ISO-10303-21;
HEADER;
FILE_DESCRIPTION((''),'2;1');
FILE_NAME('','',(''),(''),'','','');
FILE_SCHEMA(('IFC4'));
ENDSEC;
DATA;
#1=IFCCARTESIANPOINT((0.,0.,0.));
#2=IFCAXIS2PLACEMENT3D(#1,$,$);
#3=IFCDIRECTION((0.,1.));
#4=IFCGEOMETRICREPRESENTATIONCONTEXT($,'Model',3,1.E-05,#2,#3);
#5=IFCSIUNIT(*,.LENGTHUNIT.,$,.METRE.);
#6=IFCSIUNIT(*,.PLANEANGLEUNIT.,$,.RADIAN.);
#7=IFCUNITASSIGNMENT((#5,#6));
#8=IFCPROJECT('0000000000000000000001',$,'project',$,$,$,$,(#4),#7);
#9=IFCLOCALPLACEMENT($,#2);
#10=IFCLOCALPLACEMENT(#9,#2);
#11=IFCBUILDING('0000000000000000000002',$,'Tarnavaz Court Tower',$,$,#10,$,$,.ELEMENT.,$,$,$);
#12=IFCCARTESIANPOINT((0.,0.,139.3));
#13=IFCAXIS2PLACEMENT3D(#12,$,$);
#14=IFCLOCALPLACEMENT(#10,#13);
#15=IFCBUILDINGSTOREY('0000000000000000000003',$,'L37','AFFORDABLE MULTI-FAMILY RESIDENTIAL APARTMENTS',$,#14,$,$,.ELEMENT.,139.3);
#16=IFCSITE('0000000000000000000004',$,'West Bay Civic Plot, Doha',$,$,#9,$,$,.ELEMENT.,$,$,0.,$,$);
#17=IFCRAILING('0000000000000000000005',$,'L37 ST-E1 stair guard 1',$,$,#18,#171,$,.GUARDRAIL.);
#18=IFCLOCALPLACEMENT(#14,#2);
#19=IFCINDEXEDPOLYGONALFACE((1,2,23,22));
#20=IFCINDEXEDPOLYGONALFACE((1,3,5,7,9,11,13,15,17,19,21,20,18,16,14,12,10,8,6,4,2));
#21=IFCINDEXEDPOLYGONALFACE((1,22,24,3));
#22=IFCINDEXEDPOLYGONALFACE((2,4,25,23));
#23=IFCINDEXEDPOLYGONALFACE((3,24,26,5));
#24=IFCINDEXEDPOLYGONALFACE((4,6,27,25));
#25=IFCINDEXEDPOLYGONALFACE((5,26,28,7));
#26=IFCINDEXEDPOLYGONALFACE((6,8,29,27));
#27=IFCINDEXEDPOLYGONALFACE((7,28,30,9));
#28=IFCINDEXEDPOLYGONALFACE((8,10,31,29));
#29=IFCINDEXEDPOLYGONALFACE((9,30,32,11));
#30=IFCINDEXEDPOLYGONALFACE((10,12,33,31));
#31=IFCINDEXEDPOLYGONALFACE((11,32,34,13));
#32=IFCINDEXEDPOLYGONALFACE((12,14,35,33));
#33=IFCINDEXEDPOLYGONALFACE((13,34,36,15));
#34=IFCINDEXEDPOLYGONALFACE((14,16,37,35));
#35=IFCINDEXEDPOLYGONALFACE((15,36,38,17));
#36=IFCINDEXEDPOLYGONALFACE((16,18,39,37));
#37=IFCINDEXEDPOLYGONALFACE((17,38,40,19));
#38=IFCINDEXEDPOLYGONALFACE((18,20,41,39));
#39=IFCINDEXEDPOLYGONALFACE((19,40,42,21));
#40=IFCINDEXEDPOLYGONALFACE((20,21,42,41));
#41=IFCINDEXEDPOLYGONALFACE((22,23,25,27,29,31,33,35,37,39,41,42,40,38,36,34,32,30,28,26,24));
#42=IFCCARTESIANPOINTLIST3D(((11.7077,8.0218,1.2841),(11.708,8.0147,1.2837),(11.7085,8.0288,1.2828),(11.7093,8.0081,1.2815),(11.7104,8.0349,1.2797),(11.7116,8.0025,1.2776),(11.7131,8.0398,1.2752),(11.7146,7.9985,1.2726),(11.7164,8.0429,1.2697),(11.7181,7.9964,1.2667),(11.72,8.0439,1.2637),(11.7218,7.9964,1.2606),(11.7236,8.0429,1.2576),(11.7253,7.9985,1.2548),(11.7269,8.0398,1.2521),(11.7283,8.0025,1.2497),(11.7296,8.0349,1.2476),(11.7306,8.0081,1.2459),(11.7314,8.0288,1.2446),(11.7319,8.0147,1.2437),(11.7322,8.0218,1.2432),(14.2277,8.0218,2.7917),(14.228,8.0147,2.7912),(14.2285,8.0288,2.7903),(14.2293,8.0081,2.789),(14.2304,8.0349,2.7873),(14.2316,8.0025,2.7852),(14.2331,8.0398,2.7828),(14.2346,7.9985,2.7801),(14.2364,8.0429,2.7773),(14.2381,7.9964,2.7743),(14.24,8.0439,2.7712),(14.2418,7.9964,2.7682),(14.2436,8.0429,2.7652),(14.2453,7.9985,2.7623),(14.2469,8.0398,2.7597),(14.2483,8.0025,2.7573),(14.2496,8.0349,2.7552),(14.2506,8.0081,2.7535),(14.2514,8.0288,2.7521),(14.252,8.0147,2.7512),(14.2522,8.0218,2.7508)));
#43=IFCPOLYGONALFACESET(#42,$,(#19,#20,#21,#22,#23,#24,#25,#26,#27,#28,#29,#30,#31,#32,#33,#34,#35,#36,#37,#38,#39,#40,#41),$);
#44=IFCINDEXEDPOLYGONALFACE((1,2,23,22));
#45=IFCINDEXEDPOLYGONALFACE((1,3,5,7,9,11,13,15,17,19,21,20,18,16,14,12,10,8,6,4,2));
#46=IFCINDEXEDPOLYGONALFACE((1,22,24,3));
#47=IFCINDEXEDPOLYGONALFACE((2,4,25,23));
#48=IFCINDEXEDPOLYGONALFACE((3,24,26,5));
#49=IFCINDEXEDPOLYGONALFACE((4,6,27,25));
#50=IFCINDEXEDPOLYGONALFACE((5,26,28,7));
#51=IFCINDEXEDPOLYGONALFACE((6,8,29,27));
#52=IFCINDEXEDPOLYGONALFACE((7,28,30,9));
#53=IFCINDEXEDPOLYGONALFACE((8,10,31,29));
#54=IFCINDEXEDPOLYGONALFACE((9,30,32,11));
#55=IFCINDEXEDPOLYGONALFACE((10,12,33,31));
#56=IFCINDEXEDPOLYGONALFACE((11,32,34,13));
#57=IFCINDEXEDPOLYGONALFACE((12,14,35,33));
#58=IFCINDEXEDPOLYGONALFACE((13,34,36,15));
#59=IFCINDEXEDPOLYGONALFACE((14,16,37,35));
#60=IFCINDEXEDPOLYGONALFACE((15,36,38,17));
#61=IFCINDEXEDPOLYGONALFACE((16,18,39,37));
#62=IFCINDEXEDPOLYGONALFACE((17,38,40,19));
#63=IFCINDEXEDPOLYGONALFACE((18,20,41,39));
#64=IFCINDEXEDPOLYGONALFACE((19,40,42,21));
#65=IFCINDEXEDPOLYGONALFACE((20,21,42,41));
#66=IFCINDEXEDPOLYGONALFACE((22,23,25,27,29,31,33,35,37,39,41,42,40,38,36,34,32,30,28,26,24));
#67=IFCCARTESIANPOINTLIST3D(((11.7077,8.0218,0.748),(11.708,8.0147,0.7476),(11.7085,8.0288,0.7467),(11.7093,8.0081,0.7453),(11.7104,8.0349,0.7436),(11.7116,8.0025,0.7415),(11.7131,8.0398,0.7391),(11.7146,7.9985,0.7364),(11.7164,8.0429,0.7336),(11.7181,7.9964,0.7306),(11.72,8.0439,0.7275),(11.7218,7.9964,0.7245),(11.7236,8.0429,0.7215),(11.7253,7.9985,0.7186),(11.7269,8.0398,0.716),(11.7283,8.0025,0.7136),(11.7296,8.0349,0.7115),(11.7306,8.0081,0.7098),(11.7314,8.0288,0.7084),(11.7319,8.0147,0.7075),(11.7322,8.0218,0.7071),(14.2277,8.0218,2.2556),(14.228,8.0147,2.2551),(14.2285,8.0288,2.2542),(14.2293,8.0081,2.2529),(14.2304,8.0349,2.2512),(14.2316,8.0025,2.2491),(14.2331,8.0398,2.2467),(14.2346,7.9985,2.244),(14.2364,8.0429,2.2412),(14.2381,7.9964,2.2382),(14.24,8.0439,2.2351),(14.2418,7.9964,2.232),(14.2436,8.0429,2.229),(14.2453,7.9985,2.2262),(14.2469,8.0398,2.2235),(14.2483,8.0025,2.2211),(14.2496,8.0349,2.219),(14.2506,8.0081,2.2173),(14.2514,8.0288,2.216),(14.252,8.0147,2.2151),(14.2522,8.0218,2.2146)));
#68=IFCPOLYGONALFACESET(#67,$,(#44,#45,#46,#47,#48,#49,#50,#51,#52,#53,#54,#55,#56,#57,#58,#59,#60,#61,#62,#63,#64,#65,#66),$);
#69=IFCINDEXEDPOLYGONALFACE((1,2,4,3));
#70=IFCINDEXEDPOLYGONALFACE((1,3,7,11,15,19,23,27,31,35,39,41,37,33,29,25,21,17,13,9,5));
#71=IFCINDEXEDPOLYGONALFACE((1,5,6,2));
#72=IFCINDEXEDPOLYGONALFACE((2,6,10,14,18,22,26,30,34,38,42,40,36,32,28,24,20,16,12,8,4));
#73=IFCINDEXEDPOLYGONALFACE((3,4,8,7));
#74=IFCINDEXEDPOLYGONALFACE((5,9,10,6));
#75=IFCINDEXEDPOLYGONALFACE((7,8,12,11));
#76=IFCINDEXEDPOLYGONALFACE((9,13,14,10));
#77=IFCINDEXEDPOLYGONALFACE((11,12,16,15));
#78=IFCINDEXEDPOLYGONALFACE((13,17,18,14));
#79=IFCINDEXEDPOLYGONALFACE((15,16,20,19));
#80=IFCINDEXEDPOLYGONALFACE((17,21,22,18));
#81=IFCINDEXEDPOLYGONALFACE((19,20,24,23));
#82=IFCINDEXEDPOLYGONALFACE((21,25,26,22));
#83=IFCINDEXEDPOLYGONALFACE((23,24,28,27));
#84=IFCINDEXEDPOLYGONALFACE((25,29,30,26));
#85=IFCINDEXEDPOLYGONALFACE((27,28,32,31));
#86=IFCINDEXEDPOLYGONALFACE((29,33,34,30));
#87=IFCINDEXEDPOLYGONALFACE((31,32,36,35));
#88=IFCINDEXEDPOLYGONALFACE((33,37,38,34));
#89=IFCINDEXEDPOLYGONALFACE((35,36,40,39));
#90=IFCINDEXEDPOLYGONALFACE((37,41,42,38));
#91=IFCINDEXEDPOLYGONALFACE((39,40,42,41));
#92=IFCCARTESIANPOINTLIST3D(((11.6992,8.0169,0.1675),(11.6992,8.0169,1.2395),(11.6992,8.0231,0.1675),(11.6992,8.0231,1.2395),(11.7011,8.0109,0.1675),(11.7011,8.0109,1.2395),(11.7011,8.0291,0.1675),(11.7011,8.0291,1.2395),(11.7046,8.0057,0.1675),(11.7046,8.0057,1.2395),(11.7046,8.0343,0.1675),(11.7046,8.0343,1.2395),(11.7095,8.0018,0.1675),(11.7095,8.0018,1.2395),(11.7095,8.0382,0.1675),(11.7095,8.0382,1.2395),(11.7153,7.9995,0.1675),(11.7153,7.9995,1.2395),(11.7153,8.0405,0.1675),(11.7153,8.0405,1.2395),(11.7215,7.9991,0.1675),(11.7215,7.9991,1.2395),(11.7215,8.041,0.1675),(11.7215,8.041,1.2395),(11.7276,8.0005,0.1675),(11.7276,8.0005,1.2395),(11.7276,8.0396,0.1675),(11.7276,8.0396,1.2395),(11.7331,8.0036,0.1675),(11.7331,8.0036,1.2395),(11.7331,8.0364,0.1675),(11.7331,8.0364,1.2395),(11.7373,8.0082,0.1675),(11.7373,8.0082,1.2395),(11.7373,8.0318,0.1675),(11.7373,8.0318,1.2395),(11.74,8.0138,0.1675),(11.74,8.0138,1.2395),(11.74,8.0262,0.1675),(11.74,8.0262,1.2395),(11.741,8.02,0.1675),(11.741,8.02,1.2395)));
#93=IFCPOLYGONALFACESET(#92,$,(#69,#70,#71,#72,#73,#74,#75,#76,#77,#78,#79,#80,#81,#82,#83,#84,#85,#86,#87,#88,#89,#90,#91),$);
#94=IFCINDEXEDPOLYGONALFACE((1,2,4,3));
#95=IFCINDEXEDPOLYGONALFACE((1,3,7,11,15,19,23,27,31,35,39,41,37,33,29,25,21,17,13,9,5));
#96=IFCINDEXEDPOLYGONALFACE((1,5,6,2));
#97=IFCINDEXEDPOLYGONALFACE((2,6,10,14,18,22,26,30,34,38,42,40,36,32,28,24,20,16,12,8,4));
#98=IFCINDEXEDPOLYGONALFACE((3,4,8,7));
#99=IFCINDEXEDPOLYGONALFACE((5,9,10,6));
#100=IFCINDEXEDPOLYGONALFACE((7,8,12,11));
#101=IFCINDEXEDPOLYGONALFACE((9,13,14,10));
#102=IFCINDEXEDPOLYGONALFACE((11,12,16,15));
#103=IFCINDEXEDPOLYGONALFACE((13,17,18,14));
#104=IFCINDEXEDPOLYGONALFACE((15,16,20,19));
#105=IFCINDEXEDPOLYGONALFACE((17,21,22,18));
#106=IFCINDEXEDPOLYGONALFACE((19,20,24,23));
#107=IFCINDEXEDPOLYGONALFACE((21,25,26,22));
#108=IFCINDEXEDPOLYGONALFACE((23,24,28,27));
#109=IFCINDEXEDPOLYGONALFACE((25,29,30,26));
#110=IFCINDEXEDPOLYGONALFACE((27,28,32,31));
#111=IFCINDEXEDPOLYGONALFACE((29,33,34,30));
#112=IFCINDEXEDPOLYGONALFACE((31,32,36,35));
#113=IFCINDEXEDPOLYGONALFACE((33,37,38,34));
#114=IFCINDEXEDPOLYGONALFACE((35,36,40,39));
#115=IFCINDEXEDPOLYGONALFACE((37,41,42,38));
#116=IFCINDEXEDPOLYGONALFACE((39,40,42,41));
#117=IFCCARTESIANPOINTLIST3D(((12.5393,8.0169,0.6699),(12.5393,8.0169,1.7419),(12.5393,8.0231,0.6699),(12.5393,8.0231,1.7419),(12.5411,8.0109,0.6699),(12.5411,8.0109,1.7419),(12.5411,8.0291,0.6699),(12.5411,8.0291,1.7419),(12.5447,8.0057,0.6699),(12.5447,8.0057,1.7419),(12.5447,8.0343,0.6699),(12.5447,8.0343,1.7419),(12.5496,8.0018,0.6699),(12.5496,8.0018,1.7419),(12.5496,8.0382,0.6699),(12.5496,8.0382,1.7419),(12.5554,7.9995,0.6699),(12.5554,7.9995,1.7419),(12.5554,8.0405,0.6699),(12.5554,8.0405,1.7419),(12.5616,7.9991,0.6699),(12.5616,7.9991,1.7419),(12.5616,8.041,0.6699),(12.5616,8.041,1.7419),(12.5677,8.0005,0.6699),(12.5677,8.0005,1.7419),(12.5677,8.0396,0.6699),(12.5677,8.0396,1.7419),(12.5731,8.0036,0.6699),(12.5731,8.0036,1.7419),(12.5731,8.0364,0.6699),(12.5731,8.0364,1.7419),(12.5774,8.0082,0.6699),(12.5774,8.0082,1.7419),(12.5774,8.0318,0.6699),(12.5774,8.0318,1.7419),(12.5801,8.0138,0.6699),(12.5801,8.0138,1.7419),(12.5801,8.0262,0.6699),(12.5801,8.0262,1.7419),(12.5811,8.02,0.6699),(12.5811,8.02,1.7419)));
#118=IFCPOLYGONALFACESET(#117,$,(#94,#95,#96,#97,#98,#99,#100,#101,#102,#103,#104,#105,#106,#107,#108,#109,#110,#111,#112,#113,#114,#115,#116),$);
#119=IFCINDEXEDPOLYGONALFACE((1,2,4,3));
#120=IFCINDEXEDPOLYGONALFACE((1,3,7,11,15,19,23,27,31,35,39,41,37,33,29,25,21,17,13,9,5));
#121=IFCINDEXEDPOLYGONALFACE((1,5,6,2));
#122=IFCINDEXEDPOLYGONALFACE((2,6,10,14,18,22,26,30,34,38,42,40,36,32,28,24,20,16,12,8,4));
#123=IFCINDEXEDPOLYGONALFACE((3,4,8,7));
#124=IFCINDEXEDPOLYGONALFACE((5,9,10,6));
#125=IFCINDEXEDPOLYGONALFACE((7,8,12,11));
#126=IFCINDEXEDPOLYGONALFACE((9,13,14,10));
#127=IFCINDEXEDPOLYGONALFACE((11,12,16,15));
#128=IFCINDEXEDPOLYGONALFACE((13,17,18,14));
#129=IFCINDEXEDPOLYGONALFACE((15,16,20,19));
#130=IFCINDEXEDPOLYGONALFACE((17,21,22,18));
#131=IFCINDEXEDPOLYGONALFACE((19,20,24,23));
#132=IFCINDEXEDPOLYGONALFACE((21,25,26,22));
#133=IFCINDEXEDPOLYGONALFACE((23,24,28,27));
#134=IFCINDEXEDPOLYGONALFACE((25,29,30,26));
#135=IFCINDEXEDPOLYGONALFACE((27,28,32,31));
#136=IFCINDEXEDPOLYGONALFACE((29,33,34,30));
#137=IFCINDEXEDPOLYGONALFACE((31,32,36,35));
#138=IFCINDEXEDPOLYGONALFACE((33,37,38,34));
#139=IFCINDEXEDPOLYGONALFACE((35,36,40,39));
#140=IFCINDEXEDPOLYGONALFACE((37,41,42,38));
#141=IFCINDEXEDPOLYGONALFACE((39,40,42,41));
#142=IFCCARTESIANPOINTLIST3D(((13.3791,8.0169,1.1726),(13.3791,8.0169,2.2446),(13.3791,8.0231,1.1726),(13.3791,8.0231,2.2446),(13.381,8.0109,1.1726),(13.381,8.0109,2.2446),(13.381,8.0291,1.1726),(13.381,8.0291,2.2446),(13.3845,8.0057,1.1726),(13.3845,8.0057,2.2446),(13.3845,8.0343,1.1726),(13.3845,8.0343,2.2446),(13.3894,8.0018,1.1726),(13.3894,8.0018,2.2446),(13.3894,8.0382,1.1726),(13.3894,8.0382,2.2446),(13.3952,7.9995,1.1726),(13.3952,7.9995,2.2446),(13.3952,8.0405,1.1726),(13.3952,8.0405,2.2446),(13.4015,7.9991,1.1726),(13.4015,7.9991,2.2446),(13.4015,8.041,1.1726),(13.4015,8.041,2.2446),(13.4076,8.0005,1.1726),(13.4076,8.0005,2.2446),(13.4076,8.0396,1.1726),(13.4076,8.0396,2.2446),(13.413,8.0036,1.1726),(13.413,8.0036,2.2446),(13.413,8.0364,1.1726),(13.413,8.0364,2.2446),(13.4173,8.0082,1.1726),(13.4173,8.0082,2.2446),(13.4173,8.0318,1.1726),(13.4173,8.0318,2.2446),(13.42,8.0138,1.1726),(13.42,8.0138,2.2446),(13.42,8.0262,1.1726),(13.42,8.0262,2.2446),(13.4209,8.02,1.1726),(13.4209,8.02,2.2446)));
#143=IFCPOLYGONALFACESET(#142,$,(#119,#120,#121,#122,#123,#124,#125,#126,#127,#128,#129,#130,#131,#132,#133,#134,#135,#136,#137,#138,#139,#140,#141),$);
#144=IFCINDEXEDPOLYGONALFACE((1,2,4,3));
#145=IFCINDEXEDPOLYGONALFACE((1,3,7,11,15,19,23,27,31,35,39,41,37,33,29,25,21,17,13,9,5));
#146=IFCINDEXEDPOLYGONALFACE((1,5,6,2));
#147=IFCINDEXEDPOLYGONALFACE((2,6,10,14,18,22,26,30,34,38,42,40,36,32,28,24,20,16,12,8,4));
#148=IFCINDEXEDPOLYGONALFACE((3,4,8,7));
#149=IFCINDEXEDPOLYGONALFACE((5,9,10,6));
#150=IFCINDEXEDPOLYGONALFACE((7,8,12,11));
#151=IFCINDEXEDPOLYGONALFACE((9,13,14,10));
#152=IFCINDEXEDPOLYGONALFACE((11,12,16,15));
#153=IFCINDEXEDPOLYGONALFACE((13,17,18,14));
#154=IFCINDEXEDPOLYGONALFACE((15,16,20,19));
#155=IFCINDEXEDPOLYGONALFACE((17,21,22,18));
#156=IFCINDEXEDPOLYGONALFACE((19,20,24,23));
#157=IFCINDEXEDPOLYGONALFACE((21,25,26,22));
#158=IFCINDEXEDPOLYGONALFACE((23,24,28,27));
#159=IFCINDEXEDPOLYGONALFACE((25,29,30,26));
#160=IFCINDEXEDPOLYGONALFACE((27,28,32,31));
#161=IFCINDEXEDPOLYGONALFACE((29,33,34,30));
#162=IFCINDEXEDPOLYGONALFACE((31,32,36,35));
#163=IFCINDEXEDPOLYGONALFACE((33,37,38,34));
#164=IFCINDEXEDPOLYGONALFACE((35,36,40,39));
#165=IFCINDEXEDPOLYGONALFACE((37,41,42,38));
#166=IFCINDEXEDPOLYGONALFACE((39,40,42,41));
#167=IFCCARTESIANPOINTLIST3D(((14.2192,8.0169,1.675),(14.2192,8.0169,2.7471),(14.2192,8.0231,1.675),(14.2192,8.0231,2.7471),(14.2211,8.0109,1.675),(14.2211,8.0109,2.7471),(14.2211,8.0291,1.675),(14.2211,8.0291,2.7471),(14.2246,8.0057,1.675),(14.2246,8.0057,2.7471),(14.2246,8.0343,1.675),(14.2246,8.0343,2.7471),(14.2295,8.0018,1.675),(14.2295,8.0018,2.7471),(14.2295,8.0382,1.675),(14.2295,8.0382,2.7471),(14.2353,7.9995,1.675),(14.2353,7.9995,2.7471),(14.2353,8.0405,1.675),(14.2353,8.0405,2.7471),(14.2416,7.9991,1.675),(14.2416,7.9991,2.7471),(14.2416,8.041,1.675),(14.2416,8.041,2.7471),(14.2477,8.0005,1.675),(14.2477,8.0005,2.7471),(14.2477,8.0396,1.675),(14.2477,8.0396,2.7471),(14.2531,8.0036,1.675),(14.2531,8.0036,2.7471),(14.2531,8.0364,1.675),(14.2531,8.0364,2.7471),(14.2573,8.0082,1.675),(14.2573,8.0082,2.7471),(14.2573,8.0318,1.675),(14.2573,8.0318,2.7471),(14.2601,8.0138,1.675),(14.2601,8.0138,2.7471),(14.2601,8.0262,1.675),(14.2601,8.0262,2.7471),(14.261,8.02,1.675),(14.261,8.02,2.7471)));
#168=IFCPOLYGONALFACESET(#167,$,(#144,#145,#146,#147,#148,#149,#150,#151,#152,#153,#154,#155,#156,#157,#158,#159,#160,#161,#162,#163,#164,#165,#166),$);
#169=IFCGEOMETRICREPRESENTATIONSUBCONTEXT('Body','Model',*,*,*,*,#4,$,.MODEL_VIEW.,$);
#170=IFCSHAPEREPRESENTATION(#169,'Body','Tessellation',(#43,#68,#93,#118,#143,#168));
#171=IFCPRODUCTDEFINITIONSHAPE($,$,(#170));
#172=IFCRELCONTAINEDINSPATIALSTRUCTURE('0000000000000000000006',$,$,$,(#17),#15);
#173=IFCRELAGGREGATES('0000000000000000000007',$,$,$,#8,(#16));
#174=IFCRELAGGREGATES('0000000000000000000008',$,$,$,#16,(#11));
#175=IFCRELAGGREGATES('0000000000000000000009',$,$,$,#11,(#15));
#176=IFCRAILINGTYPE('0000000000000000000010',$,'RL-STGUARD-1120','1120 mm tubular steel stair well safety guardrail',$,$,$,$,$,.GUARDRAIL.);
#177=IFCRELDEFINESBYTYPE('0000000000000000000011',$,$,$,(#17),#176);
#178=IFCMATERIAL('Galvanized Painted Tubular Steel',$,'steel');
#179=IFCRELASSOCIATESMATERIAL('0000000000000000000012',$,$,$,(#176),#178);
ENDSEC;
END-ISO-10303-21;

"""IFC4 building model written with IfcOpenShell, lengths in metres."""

from ifc_helpers import new_model, si_unit, direction, frame, origin, origin_2d, place, context, subcontext, project, spatial, circle, extrude, material, type_object, element, save


model = new_model("IFC4")

# Units and contexts
model_context = context("Model", 3, precision=1e-05, world=origin(), true_north=direction((0.0, 1.0)))
body_context = subcontext(model_context, "Body", "Model", "MODEL_VIEW")
ifc_project = project(units=[si_unit("LENGTHUNIT", "METRE"), si_unit("PLANEANGLEUNIT", "RADIAN")], contexts=[model_context])

# Site, building, storey
site_placement = place(None, origin())
site = spatial("IfcSite", under=ifc_project, at=site_placement, Name="West Bay Civic Plot, Doha", CompositionType="ELEMENT", RefElevation=0.0)
building_placement = place(site_placement, origin())
building = spatial("IfcBuilding", under=site, at=building_placement, Name="Tarnavaz Court Tower", CompositionType="ELEMENT")
storey_placement = place(building_placement, frame((0.0, 0.0, 139.3)))
storey = spatial("IfcBuildingStorey", under=building, at=storey_placement, Name="L37", Description="AFFORDABLE MULTI-FAMILY RESIDENTIAL APARTMENTS", CompositionType="ELEMENT", Elevation=139.3)

# Railing
ifc_material_1 = material(Name="Galvanized Painted Tubular Steel", Category="steel")
railing_type_1 = type_object("IfcRailingType", Name="RL-STGUARD-1120", Description="1120 mm tubular steel stair well safety guardrail", PredefinedType="GUARDRAIL", material=ifc_material_1)
railing_1_placement = place(storey_placement, frame((11.72, 8.02, 0.1675)))
element("IfcRailing", 1, at=railing_1_placement, inside=storey, type_object=railing_type_1, Name="L37 ST-E1 stair guard 1", PredefinedType="GUARDRAIL", context=body_context, shape_type="SweptSolid", body=[
    extrude(circle(Radius=0.0239, at=origin_2d()), frame((0.0, 0.0, 1.0962), z_axis=(0.85816, 0.0, 0.513383), x_axis=(0.0, 1.0, 0.0)), (0.0, 0.0, 1.0), 2.9365),
    extrude(circle(Radius=0.0239, at=origin_2d()), frame((0.0, 0.0, 0.5601), z_axis=(0.85816, 0.0, 0.513383), x_axis=(0.0, 1.0, 0.0)), (0.0, 0.0, 1.0), 2.9365),
    extrude(circle(Radius=0.021, at=origin_2d()), origin(), (0.0, 0.0, 1.0), 1.072),
    extrude(circle(Radius=0.021, at=origin_2d()), frame((0.8401, 0.0, 0.5024)), (0.0, 0.0, 1.0), 1.072),
    extrude(circle(Radius=0.021, at=origin_2d()), frame((1.6799, 0.0, 1.0051)), (0.0, 0.0, 1.0), 1.072),
    extrude(circle(Radius=0.021, at=origin_2d()), frame((2.52, 0.0, 1.5076)), (0.0, 0.0, 1.0), 1.072),
])

save(model, "model.ifc")
